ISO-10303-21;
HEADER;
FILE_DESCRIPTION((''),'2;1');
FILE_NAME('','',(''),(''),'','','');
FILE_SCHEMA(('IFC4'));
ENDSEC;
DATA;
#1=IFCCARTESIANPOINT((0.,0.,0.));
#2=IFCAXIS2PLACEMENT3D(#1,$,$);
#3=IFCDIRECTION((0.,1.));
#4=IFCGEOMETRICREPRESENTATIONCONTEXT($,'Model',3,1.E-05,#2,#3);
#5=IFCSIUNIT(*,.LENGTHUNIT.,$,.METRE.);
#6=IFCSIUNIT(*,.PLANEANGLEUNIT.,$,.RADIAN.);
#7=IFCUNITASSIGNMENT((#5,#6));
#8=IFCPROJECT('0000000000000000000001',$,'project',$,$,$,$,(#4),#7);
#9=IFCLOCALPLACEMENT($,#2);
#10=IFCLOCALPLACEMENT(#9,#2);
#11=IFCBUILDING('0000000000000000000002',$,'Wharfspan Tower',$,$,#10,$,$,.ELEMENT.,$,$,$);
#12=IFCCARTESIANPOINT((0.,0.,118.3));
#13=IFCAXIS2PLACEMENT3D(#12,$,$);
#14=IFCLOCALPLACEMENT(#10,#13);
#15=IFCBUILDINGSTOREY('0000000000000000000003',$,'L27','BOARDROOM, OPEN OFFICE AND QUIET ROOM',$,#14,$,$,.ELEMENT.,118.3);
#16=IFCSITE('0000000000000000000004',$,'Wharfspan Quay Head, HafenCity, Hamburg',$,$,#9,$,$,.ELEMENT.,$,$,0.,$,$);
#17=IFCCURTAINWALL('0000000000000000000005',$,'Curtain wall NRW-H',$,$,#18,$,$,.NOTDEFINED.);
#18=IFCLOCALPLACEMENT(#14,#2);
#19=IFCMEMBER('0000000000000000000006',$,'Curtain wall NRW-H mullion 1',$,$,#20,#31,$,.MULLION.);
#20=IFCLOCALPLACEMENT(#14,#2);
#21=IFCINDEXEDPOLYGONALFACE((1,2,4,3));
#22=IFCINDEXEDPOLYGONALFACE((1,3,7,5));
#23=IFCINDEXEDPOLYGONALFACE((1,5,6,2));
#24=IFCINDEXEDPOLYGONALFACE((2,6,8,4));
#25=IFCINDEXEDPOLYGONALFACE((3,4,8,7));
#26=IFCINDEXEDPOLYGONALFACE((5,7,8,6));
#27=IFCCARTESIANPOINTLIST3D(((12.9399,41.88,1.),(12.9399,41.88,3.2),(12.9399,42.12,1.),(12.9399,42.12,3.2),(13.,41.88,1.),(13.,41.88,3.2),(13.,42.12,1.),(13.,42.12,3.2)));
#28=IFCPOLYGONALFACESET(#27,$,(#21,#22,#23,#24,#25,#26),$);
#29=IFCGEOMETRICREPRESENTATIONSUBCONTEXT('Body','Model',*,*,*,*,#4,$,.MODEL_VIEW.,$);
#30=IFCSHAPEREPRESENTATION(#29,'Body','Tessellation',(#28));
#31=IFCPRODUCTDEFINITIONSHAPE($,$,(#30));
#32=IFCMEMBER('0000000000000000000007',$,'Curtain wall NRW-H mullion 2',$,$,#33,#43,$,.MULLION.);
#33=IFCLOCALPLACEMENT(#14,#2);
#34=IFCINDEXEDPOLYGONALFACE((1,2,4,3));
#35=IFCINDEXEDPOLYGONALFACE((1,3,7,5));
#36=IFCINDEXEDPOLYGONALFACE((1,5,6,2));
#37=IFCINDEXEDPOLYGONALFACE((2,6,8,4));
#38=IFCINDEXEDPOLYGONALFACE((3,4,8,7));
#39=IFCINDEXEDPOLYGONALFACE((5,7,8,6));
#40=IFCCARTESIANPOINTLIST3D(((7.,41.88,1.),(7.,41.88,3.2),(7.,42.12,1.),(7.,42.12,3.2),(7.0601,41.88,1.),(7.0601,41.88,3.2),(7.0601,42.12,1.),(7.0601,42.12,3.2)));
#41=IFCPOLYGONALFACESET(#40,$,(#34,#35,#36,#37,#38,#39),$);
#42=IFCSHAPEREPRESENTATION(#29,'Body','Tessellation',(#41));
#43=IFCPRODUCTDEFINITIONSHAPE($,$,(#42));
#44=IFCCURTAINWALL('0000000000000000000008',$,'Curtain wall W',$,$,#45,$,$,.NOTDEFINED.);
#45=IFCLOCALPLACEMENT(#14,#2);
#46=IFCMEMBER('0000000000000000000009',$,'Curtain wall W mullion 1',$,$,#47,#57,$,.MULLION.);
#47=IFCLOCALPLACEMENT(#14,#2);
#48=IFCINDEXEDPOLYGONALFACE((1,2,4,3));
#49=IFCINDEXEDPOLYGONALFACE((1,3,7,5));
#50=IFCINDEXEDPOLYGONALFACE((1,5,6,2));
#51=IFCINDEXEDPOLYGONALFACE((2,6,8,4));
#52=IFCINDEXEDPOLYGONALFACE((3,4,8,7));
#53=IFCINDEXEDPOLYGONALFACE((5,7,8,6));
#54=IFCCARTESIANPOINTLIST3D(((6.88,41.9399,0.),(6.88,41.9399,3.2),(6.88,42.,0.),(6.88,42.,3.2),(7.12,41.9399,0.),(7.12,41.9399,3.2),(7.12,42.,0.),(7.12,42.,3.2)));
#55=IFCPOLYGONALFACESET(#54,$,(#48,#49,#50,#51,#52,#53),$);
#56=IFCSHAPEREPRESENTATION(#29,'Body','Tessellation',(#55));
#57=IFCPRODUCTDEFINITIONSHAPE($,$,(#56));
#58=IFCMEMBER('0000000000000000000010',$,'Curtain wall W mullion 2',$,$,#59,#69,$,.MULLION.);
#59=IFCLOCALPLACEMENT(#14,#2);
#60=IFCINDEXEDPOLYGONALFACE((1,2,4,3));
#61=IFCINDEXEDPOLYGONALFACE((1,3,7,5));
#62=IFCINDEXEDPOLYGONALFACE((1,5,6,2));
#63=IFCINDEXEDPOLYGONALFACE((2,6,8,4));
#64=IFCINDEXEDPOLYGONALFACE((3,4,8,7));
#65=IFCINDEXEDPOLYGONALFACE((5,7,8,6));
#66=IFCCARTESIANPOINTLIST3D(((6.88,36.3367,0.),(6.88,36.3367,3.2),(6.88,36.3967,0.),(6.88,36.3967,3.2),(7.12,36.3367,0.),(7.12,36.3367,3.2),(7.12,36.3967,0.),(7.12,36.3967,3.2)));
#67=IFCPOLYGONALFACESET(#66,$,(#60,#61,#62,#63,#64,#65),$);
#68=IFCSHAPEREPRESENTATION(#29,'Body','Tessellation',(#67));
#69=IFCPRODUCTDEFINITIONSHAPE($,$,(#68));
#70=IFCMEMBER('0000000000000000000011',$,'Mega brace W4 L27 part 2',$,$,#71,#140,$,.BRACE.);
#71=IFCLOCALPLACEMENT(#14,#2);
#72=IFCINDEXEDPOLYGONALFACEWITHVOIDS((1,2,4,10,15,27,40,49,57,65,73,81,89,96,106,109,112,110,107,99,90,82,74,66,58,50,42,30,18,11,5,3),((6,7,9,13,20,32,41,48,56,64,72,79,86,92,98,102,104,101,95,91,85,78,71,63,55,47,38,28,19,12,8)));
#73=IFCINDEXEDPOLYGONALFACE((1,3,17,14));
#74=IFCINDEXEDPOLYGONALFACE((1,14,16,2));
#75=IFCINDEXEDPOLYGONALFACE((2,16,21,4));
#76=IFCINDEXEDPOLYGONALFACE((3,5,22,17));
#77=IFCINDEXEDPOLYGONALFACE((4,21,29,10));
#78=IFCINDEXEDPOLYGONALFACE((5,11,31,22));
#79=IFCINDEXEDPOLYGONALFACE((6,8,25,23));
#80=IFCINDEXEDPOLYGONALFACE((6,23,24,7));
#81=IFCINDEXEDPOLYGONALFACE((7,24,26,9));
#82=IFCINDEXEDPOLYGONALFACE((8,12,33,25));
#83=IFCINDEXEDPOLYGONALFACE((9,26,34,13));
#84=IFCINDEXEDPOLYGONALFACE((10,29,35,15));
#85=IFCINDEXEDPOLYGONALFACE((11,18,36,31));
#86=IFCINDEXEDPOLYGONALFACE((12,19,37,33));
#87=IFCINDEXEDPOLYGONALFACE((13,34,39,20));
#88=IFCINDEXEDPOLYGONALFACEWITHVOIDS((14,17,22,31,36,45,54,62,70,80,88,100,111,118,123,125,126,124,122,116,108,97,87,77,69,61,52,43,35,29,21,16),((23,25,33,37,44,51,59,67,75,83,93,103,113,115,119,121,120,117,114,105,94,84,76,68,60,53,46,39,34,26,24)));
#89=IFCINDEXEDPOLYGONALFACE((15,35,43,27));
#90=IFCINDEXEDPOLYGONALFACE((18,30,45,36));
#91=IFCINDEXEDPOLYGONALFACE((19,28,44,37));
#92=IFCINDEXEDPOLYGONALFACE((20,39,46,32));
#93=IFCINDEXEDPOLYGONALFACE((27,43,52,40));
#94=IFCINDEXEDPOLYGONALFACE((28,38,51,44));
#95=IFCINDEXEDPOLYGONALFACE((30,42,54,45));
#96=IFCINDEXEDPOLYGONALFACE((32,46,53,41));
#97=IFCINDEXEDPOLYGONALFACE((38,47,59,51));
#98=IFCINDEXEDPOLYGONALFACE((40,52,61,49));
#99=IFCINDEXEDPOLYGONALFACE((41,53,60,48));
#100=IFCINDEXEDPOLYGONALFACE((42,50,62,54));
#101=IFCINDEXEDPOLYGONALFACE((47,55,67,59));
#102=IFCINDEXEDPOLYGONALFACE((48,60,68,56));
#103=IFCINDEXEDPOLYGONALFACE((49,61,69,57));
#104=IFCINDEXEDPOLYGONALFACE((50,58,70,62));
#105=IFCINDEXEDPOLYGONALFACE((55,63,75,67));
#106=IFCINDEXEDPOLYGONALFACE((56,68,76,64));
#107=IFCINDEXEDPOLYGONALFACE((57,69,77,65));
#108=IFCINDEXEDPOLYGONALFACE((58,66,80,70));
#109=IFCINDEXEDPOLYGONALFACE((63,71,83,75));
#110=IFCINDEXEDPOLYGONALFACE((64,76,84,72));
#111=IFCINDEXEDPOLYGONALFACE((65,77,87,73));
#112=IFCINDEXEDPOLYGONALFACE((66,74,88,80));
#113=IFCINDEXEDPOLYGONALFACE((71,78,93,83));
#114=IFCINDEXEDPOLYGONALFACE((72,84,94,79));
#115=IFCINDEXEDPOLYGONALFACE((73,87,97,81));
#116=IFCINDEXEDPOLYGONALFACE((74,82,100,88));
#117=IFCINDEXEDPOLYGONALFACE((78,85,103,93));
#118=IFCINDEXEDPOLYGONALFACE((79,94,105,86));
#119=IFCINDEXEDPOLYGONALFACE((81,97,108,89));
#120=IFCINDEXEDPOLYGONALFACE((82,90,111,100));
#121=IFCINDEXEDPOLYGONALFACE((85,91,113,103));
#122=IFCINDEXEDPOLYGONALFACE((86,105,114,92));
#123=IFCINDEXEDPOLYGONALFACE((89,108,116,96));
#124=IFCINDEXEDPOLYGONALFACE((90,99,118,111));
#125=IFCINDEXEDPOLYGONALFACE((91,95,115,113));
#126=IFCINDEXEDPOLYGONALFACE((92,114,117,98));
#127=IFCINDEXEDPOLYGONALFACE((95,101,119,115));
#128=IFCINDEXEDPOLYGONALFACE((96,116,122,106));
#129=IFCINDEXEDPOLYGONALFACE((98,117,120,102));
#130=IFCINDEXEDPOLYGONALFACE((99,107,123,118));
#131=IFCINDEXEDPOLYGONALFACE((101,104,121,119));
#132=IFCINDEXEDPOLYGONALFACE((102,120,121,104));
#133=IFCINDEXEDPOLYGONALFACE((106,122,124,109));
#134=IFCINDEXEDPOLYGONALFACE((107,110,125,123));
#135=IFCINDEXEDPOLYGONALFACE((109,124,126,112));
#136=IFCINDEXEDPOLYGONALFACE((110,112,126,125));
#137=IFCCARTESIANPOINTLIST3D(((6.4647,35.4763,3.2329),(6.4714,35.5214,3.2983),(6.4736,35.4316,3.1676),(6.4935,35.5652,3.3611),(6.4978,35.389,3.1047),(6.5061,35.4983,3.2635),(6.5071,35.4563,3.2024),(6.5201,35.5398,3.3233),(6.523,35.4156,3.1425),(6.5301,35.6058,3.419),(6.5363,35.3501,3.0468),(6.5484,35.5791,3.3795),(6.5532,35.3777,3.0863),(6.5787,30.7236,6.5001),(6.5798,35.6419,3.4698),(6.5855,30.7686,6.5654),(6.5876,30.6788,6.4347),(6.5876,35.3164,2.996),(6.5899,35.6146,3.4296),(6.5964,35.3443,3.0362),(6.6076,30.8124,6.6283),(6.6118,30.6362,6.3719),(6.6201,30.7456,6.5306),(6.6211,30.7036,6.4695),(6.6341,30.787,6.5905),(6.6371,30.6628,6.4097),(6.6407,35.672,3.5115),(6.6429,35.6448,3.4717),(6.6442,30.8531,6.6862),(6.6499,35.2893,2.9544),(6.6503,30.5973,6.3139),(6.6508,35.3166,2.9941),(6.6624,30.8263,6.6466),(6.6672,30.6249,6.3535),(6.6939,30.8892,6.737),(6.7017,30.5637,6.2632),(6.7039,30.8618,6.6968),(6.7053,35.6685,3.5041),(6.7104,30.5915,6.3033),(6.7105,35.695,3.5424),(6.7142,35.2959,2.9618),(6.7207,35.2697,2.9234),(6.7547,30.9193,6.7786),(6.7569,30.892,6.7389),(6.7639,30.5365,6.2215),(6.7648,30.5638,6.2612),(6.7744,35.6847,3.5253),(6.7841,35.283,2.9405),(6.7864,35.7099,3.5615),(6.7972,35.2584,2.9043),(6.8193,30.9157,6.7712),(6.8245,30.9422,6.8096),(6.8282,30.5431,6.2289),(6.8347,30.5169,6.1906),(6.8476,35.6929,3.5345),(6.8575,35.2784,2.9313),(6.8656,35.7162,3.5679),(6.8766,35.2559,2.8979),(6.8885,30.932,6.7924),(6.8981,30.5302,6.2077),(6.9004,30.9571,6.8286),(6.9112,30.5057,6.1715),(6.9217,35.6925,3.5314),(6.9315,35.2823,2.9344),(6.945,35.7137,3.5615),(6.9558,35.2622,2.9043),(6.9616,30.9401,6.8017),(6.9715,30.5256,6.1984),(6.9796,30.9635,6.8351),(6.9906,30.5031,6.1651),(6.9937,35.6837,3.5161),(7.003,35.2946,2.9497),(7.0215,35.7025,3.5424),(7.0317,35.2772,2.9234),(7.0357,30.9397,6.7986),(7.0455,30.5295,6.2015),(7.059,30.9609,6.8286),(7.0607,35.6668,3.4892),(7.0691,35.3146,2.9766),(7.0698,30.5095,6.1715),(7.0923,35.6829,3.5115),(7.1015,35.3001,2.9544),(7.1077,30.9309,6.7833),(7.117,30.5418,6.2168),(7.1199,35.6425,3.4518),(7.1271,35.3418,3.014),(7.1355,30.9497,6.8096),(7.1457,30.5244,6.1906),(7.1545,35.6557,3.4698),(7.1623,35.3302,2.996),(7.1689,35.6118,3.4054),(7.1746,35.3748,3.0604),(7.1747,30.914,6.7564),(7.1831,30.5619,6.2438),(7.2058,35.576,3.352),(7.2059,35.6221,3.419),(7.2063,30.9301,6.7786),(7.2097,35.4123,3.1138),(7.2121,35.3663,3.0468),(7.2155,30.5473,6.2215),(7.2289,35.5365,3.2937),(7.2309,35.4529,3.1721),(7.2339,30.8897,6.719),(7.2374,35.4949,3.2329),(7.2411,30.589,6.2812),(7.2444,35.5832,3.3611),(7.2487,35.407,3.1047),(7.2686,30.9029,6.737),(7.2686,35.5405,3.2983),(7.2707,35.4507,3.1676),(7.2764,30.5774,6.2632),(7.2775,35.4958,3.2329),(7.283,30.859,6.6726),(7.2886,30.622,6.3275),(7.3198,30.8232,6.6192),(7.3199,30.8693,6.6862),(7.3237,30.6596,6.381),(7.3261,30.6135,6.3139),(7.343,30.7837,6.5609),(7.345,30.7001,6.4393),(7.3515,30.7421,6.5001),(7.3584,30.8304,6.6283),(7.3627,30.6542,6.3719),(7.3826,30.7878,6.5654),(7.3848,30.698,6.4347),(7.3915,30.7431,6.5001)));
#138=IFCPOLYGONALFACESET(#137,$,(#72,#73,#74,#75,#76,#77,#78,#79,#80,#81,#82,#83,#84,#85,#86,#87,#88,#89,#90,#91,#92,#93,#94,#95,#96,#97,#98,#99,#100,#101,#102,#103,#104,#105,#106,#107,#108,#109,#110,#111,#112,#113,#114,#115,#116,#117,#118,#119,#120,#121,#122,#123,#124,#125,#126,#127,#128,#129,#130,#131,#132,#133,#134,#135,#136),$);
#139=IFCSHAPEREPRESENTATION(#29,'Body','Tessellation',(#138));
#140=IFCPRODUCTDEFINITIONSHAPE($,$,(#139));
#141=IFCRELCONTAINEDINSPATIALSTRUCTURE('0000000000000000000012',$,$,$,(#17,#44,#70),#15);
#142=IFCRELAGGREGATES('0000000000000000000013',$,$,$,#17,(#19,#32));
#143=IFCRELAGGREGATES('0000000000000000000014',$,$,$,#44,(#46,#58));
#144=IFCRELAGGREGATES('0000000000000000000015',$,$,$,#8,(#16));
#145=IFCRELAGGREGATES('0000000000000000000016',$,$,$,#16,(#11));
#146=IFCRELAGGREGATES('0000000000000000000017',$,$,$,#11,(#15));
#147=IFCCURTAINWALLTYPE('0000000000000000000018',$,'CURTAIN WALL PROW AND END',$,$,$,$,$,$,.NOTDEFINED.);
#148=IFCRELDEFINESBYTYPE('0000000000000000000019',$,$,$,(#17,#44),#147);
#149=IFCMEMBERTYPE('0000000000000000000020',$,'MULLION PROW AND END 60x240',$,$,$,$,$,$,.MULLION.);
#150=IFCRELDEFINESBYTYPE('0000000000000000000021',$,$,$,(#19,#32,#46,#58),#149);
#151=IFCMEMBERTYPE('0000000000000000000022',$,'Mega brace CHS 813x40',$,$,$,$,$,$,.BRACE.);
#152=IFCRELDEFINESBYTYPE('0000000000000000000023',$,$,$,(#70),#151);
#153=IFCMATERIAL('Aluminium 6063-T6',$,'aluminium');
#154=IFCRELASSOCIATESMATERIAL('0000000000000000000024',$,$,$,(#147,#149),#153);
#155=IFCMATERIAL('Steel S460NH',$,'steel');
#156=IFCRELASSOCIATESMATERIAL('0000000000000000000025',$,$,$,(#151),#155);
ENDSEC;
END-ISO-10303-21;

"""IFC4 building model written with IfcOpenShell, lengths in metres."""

from ifc_helpers import new_model, si_unit, direction, frame, origin, origin_2d, place, context, subcontext, project, spatial, rectangle, hollow_circle, extrude, material, material_profile, profile_set, type_object, element, aggregate, save


model = new_model("IFC4")

# Units and contexts
model_context = context("Model", 3, precision=1e-05, world=origin(), true_north=direction((0.0, 1.0)))
body_context = subcontext(model_context, "Body", "Model", "MODEL_VIEW")
ifc_project = project(units=[si_unit("LENGTHUNIT", "METRE"), si_unit("PLANEANGLEUNIT", "RADIAN")], contexts=[model_context])

# Site, building, storey
site_placement = place(None, origin())
site = spatial("IfcSite", under=ifc_project, at=site_placement, Name="Wharfspan Quay Head, HafenCity, Hamburg", CompositionType="ELEMENT", RefElevation=0.0)
building_placement = place(site_placement, origin())
building = spatial("IfcBuilding", under=site, at=building_placement, Name="Wharfspan Tower", CompositionType="ELEMENT")
storey_placement = place(building_placement, frame((0.0, 0.0, 118.3)))
storey = spatial("IfcBuildingStorey", under=building, at=storey_placement, Name="L27", Description="BOARDROOM, OPEN OFFICE AND QUIET ROOM", CompositionType="ELEMENT", Elevation=118.3)

# Curtain walls, members
ifc_material_1 = material(Name="Aluminium 6063-T6", Category="aluminium")
curtain_wall_type = type_object("IfcCurtainWallType", Name="CURTAIN WALL PROW AND END", PredefinedType="NOTDEFINED", material=ifc_material_1)
ifc_material_profile_1 = material_profile(ifc_material_1, rectangle(XDim=0.24, YDim=0.0601, at=origin_2d()))
ifc_profile_set_1 = profile_set([ifc_material_profile_1], Name="Aluminium 6063-T6")
member_type_1 = type_object("IfcMemberType", Name="MULLION PROW AND END 60x240", PredefinedType="MULLION", material=ifc_profile_set_1)
curtain_wall_1_placement = place(storey_placement, origin())
curtain_wall_1 = element("IfcCurtainWall", 1, at=curtain_wall_1_placement, inside=storey, type_object=curtain_wall_type, Name="Curtain wall NRW-H", PredefinedType="NOTDEFINED")
member_1_placement = place(storey_placement, frame((12.97, 42.0, 1.0), z_axis=(0.0, 0.0, 1.0), x_axis=(0.0, -1.0, 0.0)))
member_1 = element("IfcMember", 2, at=member_1_placement, type_object=member_type_1, Name="Curtain wall NRW-H mullion 1", PredefinedType="MULLION", context=body_context, shape_type="SweptSolid", body=[
    extrude(rectangle(XDim=0.24, YDim=0.0601, at=origin_2d()), origin(), (0.0, 0.0, 1.0), 2.2),
])
member_2_placement = place(storey_placement, frame((7.03, 42.0, 1.0), z_axis=(0.0, 0.0, 1.0), x_axis=(0.0, -1.0, 0.0)))
member_2 = element("IfcMember", 3, at=member_2_placement, type_object=member_type_1, Name="Curtain wall NRW-H mullion 2", PredefinedType="MULLION", context=body_context, shape_type="SweptSolid", body=[
    extrude(rectangle(XDim=0.24, YDim=0.0601, at=origin_2d()), origin(), (0.0, 0.0, 1.0), 2.2),
])
curtain_wall_2_placement = place(storey_placement, origin())
curtain_wall_2 = element("IfcCurtainWall", 4, at=curtain_wall_2_placement, inside=storey, type_object=curtain_wall_type, Name="Curtain wall W", PredefinedType="NOTDEFINED")
member_3_placement = place(storey_placement, frame((7.0, 41.97, 0.0), z_axis=(0.0, 0.0, 1.0), x_axis=(1.0, 0.0, 0.0)))
member_3 = element("IfcMember", 5, at=member_3_placement, type_object=member_type_1, Name="Curtain wall W mullion 1", PredefinedType="MULLION", context=body_context, shape_type="SweptSolid", body=[
    extrude(rectangle(XDim=0.24, YDim=0.0601, at=origin_2d()), origin(), (0.0, 0.0, 1.0), 3.2),
])
member_4_placement = place(storey_placement, frame((7.0, 36.3667, 0.0), z_axis=(0.0, 0.0, 1.0), x_axis=(1.0, 0.0, 0.0)))
member_4 = element("IfcMember", 6, at=member_4_placement, type_object=member_type_1, Name="Curtain wall W mullion 2", PredefinedType="MULLION", context=body_context, shape_type="SweptSolid", body=[
    extrude(rectangle(XDim=0.24, YDim=0.0601, at=origin_2d()), origin(), (0.0, 0.0, 1.0), 3.2),
])

# Member
ifc_material_2 = material(Name="Steel S460NH", Category="steel")
ifc_material_profile_2 = material_profile(ifc_material_2, hollow_circle(Radius=0.4065, WallThickness=0.04, at=origin_2d()))
ifc_profile_set_2 = profile_set([ifc_material_profile_2], Name="Steel S460NH")
member_type_2 = type_object("IfcMemberType", Name="Mega brace CHS 813x40", PredefinedType="BRACE", material=ifc_profile_set_2)
for number, where, z_axis, x_axis, name in (
    (7, (6.8711, 35.4861, 3.2329), (0.019765, -0.823912, 0.566373), (0.999715, 0.023981, -0.000002), "Mega brace W4 L27 part 2"),
):
    element("IfcMember", number, at=place(storey_placement, frame(where, z_axis=z_axis, x_axis=x_axis)), inside=storey, type_object=member_type_2, Name=name, PredefinedType="BRACE", context=body_context, shape_type="SweptSolid", body=[
        extrude(hollow_circle(Radius=0.4065, WallThickness=0.04, at=origin_2d()), origin(), (0.0, 0.0, 1.0), 5.7686),
    ])

aggregate(curtain_wall_1, [member_1, member_2])
aggregate(curtain_wall_2, [member_3, member_4])

save(model, "model.ifc")
